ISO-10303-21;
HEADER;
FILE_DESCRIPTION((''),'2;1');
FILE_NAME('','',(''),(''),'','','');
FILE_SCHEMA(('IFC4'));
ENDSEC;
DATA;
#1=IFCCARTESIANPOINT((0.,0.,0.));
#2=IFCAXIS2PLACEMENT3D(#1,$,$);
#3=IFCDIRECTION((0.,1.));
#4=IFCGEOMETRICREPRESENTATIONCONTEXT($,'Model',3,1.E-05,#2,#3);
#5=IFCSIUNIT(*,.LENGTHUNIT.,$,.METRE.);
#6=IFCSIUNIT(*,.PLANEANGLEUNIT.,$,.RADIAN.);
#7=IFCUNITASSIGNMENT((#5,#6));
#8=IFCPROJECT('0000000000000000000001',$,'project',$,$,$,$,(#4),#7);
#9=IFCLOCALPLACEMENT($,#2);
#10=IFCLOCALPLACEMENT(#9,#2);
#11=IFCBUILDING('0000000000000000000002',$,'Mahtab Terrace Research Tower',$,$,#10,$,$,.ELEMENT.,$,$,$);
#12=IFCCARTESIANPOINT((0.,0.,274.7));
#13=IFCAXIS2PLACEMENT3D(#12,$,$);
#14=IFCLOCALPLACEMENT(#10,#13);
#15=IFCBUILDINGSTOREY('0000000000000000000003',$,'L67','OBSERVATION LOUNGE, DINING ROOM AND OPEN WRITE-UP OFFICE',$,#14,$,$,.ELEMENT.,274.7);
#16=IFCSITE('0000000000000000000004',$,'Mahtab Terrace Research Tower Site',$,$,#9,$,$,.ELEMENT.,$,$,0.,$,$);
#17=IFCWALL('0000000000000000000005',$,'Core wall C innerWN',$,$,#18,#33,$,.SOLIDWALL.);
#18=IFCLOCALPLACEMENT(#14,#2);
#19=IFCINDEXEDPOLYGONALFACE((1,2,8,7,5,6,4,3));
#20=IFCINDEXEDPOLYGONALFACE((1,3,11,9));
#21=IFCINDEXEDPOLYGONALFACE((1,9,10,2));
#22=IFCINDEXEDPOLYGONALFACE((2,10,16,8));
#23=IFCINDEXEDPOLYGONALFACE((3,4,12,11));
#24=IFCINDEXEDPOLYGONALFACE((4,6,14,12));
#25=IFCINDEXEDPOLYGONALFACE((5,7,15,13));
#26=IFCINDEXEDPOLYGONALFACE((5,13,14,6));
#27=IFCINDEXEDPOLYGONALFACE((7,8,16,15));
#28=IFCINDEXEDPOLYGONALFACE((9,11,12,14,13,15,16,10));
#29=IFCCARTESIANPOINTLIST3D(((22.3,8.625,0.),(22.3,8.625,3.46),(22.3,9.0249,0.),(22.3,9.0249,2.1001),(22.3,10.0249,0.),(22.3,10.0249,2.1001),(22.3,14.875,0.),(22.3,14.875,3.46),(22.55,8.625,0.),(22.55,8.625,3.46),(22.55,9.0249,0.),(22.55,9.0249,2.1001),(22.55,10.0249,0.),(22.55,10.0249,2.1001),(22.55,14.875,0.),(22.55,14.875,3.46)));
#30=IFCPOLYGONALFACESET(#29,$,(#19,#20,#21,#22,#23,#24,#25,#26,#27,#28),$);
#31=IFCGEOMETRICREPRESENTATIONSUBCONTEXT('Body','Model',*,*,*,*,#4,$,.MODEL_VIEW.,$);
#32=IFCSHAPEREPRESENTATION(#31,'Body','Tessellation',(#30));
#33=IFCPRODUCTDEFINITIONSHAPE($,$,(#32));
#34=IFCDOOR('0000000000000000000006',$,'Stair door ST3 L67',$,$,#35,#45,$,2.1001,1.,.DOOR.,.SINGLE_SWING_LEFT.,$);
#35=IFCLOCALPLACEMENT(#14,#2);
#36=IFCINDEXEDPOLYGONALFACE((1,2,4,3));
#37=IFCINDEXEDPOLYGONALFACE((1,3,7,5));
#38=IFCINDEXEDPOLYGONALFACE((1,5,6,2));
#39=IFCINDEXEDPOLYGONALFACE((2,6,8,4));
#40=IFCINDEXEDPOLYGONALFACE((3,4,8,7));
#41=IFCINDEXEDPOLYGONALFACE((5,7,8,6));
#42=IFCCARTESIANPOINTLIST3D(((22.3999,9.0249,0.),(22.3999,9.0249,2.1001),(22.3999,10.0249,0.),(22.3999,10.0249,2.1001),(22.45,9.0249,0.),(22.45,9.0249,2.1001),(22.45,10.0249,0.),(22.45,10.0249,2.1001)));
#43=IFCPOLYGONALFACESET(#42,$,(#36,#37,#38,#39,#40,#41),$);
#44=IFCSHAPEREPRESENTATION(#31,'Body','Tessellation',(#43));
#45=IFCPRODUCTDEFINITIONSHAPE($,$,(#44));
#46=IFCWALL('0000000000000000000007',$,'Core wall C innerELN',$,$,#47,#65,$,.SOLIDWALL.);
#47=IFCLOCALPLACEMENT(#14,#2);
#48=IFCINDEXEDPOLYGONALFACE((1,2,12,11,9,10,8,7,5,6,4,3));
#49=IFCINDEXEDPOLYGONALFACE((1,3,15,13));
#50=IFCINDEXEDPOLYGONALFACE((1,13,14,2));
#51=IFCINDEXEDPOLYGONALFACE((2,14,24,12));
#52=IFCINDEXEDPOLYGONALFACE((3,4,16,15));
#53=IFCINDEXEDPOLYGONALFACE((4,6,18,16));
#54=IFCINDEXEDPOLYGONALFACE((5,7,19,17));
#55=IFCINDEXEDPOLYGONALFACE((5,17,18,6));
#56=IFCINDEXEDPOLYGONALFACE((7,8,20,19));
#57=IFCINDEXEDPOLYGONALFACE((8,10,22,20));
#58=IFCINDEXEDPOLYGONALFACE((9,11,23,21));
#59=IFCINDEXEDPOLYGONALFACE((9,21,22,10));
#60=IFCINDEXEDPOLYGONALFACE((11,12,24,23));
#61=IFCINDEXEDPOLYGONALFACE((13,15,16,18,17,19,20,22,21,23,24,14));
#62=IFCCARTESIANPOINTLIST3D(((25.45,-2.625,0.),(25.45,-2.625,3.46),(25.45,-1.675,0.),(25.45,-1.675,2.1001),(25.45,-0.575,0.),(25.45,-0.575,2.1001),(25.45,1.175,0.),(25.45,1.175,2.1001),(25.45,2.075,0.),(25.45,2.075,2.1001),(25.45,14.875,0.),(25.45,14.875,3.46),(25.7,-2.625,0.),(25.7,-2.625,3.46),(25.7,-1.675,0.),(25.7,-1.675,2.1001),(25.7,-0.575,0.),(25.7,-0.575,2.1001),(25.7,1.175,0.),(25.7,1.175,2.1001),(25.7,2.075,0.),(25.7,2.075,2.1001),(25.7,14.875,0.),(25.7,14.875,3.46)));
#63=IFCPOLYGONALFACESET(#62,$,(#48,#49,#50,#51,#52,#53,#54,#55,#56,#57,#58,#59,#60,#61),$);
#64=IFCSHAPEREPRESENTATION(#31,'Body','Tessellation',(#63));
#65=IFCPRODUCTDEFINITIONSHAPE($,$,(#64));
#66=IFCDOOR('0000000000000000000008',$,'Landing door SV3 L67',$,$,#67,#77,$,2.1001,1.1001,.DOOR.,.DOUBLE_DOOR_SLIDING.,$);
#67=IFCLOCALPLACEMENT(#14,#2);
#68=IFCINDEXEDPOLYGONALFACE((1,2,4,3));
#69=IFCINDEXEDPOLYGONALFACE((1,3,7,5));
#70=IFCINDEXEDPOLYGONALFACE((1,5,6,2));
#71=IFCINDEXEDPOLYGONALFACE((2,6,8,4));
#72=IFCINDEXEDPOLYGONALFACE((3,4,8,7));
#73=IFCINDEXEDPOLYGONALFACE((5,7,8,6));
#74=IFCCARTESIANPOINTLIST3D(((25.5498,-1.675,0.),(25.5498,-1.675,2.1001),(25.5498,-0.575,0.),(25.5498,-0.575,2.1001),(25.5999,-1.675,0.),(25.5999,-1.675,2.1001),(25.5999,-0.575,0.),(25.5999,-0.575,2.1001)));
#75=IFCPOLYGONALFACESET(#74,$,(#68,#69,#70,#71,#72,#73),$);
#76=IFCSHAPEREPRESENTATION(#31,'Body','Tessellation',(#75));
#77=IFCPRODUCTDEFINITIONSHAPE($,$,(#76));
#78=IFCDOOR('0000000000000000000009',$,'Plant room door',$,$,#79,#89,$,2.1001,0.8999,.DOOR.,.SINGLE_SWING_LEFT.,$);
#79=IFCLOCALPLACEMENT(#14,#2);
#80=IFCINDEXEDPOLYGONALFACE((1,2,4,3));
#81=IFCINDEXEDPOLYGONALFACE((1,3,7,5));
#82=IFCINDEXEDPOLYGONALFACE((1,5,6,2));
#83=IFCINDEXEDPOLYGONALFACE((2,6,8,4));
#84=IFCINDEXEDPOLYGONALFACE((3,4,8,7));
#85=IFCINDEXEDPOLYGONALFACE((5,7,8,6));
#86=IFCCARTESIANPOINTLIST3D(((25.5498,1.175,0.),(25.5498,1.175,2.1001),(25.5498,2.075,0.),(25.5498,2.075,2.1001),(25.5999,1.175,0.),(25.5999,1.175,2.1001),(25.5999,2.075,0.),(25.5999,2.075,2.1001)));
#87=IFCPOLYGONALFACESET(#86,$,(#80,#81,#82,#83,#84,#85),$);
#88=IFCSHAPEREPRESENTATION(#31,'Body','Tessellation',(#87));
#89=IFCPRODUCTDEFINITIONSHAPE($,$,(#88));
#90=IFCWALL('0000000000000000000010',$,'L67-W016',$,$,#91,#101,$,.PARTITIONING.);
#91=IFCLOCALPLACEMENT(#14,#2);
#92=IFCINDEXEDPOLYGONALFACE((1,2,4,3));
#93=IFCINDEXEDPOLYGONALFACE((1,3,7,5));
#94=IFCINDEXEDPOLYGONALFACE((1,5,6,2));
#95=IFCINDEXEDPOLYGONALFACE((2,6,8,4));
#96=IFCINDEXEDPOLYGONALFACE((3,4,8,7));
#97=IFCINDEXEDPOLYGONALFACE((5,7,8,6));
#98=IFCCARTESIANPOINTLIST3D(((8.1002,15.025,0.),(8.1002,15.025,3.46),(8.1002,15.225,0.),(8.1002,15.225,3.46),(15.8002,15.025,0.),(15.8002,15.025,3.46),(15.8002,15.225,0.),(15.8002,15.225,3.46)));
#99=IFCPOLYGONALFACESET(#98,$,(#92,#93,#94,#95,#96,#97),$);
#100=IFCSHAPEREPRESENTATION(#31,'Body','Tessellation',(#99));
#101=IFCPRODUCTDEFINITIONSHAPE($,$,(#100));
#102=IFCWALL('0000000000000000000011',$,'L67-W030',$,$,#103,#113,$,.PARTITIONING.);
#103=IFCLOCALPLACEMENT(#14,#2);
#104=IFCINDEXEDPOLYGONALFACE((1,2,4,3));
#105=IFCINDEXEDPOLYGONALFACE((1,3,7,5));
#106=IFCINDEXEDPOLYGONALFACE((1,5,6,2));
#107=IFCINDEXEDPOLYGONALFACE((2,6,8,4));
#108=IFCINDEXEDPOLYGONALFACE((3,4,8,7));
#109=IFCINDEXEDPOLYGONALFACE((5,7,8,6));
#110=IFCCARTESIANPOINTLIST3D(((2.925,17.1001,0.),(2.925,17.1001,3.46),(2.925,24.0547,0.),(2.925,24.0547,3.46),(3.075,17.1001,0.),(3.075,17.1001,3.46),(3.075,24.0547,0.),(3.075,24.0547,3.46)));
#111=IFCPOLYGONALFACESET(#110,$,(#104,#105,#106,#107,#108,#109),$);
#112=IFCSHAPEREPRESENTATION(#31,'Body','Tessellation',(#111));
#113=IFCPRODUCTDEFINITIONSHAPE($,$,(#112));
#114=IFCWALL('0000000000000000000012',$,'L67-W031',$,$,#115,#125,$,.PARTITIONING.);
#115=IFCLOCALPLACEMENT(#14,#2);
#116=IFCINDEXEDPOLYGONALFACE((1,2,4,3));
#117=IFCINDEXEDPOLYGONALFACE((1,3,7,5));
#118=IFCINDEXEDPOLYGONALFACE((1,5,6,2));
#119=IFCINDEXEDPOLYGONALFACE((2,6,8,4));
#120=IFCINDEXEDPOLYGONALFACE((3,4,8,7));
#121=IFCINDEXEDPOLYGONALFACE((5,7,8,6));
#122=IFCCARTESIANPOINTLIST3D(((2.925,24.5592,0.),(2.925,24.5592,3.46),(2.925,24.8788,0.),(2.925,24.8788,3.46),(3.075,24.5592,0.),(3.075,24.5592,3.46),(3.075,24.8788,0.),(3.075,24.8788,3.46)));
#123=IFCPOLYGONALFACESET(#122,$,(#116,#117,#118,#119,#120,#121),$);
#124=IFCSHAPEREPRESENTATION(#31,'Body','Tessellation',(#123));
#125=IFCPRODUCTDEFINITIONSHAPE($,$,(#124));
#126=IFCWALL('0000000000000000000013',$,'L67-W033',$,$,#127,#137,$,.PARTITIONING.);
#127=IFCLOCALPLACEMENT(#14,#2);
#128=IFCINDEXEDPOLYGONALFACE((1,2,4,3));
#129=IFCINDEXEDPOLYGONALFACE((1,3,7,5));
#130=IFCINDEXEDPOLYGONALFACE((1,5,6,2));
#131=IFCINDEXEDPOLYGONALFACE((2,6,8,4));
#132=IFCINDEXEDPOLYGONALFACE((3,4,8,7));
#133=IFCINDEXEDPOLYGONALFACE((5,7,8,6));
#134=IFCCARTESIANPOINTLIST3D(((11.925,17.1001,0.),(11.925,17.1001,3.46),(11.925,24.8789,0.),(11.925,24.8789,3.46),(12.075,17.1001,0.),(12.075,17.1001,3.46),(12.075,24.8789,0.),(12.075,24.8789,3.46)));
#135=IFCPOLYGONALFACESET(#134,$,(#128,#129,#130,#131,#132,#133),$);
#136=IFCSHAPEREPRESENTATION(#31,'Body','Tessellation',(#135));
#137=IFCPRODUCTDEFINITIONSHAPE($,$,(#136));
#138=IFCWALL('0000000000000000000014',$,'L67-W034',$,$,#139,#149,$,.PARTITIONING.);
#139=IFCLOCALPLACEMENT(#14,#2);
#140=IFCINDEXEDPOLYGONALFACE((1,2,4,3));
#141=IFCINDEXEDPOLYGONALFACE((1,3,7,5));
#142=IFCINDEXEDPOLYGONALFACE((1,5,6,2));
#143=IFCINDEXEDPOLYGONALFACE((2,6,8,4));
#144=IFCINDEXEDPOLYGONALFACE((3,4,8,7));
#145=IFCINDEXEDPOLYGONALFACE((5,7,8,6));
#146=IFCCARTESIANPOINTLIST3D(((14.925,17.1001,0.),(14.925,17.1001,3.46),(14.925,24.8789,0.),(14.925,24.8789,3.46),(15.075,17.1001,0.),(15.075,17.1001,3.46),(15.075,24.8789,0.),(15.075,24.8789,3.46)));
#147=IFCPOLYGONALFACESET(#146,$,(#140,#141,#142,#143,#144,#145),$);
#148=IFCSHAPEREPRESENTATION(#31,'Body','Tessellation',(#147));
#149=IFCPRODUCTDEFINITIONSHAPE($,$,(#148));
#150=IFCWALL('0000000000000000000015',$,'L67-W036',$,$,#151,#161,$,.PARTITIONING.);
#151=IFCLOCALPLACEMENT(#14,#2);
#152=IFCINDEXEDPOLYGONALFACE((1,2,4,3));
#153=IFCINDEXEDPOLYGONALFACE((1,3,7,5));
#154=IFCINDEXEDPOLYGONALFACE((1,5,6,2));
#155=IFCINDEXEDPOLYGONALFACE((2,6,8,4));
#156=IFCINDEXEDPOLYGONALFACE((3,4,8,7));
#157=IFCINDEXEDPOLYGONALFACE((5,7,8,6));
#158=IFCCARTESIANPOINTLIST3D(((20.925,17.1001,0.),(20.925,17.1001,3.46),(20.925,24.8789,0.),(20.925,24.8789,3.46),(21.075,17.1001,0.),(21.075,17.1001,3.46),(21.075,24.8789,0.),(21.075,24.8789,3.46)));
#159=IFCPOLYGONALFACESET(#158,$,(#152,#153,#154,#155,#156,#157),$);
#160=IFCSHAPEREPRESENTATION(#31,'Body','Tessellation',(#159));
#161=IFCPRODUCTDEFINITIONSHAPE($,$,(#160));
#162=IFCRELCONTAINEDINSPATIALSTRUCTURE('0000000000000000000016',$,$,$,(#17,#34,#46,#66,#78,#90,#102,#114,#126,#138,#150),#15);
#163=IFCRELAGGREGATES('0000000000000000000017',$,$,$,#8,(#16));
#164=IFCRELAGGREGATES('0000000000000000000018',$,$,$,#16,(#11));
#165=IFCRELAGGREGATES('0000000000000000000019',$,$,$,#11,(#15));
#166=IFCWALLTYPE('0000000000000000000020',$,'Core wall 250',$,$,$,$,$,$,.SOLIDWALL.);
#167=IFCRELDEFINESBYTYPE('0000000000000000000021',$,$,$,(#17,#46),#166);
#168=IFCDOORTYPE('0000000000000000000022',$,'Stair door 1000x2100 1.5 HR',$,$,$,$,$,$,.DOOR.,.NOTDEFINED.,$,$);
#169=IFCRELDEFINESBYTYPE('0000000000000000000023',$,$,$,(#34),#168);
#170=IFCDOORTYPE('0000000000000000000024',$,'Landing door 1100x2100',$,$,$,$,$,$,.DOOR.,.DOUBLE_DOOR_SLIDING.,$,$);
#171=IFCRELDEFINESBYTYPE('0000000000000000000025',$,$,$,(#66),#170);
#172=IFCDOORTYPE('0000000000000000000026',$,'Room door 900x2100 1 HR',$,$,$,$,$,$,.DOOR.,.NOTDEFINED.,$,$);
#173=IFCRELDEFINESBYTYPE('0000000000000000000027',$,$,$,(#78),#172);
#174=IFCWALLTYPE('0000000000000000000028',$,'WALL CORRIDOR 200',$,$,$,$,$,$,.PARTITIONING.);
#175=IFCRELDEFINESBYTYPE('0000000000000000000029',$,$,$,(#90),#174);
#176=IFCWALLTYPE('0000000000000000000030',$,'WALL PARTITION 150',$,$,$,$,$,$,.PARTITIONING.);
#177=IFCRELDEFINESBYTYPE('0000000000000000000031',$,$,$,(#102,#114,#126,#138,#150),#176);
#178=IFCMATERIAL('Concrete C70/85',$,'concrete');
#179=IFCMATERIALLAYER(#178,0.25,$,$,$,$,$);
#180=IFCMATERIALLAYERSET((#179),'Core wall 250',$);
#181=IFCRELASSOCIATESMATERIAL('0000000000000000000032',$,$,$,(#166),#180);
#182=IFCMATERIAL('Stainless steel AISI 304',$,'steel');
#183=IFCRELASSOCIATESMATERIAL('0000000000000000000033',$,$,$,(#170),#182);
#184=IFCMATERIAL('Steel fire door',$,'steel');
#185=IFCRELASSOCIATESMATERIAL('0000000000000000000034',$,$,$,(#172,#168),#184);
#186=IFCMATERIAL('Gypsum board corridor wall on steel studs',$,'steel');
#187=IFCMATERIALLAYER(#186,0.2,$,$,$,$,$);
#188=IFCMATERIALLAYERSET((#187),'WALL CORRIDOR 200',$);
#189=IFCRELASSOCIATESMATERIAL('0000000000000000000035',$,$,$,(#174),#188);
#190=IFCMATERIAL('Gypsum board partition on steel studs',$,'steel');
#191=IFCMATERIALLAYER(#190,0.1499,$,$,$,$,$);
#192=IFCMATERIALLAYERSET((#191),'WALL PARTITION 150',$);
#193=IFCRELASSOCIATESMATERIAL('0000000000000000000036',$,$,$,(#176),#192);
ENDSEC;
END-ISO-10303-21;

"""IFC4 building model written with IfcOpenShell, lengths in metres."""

from ifc_helpers import new_model, si_unit, direction, frame, frame_2d, origin, place, context, subcontext, project, spatial, rectangle, extrude, material, layer, layer_set, type_object, element, fill, save


model = new_model("IFC4")

# Units and contexts
model_context = context("Model", 3, precision=1e-05, world=origin(), true_north=direction((0.0, 1.0)))
body_context = subcontext(model_context, "Body", "Model", "MODEL_VIEW")
ifc_project = project(units=[si_unit("LENGTHUNIT", "METRE"), si_unit("PLANEANGLEUNIT", "RADIAN")], contexts=[model_context])

# Site, building, storey
site_placement = place(None, origin())
site = spatial("IfcSite", under=ifc_project, at=site_placement, Name="Mahtab Terrace Research Tower Site", CompositionType="ELEMENT", RefElevation=0.0)
building_placement = place(site_placement, origin())
building = spatial("IfcBuilding", under=site, at=building_placement, Name="Mahtab Terrace Research Tower", CompositionType="ELEMENT")
storey_placement = place(building_placement, frame((0.0, 0.0, 274.7)))
storey = spatial("IfcBuildingStorey", under=building, at=storey_placement, Name="L67", Description="OBSERVATION LOUNGE, DINING ROOM AND OPEN WRITE-UP OFFICE", CompositionType="ELEMENT", Elevation=274.7)

# Shared definitions
ifc_material_1 = material(Name="Concrete C70/85", Category="concrete")
ifc_layer_1 = layer(ifc_material_1, 0.25)
ifc_layer_set_1 = layer_set([ifc_layer_1], Name="Core wall 250")
wall_type_1 = type_object("IfcWallType", Name="Core wall 250", PredefinedType="SOLIDWALL", material=ifc_layer_set_1)
ifc_material_2 = material(Name="Stainless steel AISI 304", Category="steel")
door_type_1 = type_object("IfcDoorType", Name="Landing door 1100x2100", OperationType="DOUBLE_DOOR_SLIDING", PredefinedType="DOOR", material=ifc_material_2)
ifc_material_3 = material(Name="Steel fire door", Category="steel")
door_type_2 = type_object("IfcDoorType", Name="Room door 900x2100 1 HR", OperationType="NOTDEFINED", PredefinedType="DOOR", material=ifc_material_3)

# Wall, opening, door
wall_1_placement = place(storey_placement, frame((22.425, 14.875, 0.0), z_axis=(0.0, 0.0, 1.0), x_axis=(0.0, -1.0, 0.0)))
wall_1 = element("IfcWall", 1, at=wall_1_placement, inside=storey, type_object=wall_type_1, Name="Core wall C innerWN", PredefinedType="SOLIDWALL", context=body_context, shape_type="SweptSolid", body=[
    extrude(rectangle(XDim=6.25, YDim=0.25, at=frame_2d((3.125, 0.0))), origin(), (0.0, 0.0, 1.0), 3.46),
])
opening_1_placement = place(wall_1_placement, frame((4.8501, 0.0, 0.0)))
opening_1 = element("IfcOpeningElement", 2, at=opening_1_placement, cuts=wall_1, PredefinedType="OPENING", context=body_context, shape_type="SweptSolid", body=[
    extrude(rectangle(XDim=1.0, YDim=2.1001, at=frame_2d((0.5, 1.05))), frame((0.0, 0.135, 0.0), z_axis=(0.0, -1.0, 0.0), x_axis=(1.0, 0.0, 0.0)), (0.0, 0.0, 1.0), 0.27),
])
door_type_3 = type_object("IfcDoorType", Name="Stair door 1000x2100 1.5 HR", OperationType="NOTDEFINED", PredefinedType="DOOR", material=ifc_material_3)
door_1_placement = place(opening_1_placement, origin())
door_1 = element("IfcDoor", 3, at=door_1_placement, inside=storey, type_object=door_type_3, Name="Stair door ST3 L67", OperationType="SINGLE_SWING_LEFT", OverallHeight=2.1001, OverallWidth=1.0, PredefinedType="DOOR", context=body_context, shape_type="SweptSolid", body=[
    extrude(rectangle(XDim=1.0, YDim=2.1001, at=frame_2d((0.5, 1.05))), frame((0.0, 0.0249, 0.0), z_axis=(0.0, -1.0, 0.0), x_axis=(1.0, 0.0, 0.0)), (0.0, 0.0, 1.0), 0.05),
])
fill(opening_1, door_1)

# Wall, openings, doors
wall_2_placement = place(storey_placement, frame((25.575, 14.875, 0.0), z_axis=(0.0, 0.0, 1.0), x_axis=(0.0, -1.0, 0.0)))
wall_2 = element("IfcWall", 4, at=wall_2_placement, inside=storey, type_object=wall_type_1, Name="Core wall C innerELN", PredefinedType="SOLIDWALL", context=body_context, shape_type="SweptSolid", body=[
    extrude(rectangle(XDim=17.5, YDim=0.25, at=frame_2d((8.75, 0.0))), origin(), (0.0, 0.0, 1.0), 3.46),
])
opening_2_placement = place(wall_2_placement, frame((15.45, 0.0, 0.0)))
opening_2 = element("IfcOpeningElement", 5, at=opening_2_placement, cuts=wall_2, PredefinedType="OPENING", context=body_context, shape_type="SweptSolid", body=[
    extrude(rectangle(XDim=1.1001, YDim=2.1001, at=frame_2d((0.55, 1.05))), frame((0.0, 0.135, 0.0), z_axis=(0.0, -1.0, 0.0), x_axis=(1.0, 0.0, 0.0)), (0.0, 0.0, 1.0), 0.27),
])
opening_3_placement = place(wall_2_placement, frame((12.8, 0.0, 0.0)))
opening_3 = element("IfcOpeningElement", 6, at=opening_3_placement, cuts=wall_2, PredefinedType="OPENING", context=body_context, shape_type="SweptSolid", body=[
    extrude(rectangle(XDim=0.8999, YDim=2.1001, at=frame_2d((0.45, 1.05))), frame((0.0, 0.135, 0.0), z_axis=(0.0, -1.0, 0.0), x_axis=(1.0, 0.0, 0.0)), (0.0, 0.0, 1.0), 0.27),
])
door_2_placement = place(opening_2_placement, origin())
door_2 = element("IfcDoor", 7, at=door_2_placement, inside=storey, type_object=door_type_1, Name="Landing door SV3 L67", OperationType="DOUBLE_DOOR_SLIDING", OverallHeight=2.1001, OverallWidth=1.1001, PredefinedType="DOOR", context=body_context, shape_type="SweptSolid", body=[
    extrude(rectangle(XDim=1.1001, YDim=2.1001, at=frame_2d((0.55, 1.05))), frame((0.0, 0.0249, 0.0), z_axis=(0.0, -1.0, 0.0), x_axis=(1.0, 0.0, 0.0)), (0.0, 0.0, 1.0), 0.05),
])
fill(opening_2, door_2)
door_3_placement = place(opening_3_placement, origin())
door_3 = element("IfcDoor", 8, at=door_3_placement, inside=storey, type_object=door_type_2, Name="Plant room door", OperationType="SINGLE_SWING_LEFT", OverallHeight=2.1001, OverallWidth=0.8999, PredefinedType="DOOR", context=body_context, shape_type="SweptSolid", body=[
    extrude(rectangle(XDim=0.8999, YDim=2.1001, at=frame_2d((0.45, 1.05))), frame((0.0, 0.0249, 0.0), z_axis=(0.0, -1.0, 0.0), x_axis=(1.0, 0.0, 0.0)), (0.0, 0.0, 1.0), 0.05),
])
fill(opening_3, door_3)

# Walls
ifc_material_4 = material(Name="Gypsum board corridor wall on steel studs", Category="steel")
ifc_layer_2 = layer(ifc_material_4, 0.2)
ifc_layer_set_2 = layer_set([ifc_layer_2], Name="WALL CORRIDOR 200")
wall_type_2 = type_object("IfcWallType", Name="WALL CORRIDOR 200", PredefinedType="PARTITIONING", material=ifc_layer_set_2)
wall_3_placement = place(storey_placement, frame((8.1001, 15.125, 0.0), z_axis=(0.0, 0.0, 1.0), x_axis=(1.0, 0.0, 0.0)))
element("IfcWall", 9, at=wall_3_placement, inside=storey, type_object=wall_type_2, Name="L67-W016", PredefinedType="PARTITIONING", context=body_context, shape_type="SweptSolid", body=[
    extrude(rectangle(XDim=7.7, YDim=0.2, at=frame_2d((3.8501, 0.0))), origin(), (0.0, 0.0, 1.0), 3.46),
])
ifc_material_5 = material(Name="Gypsum board partition on steel studs", Category="steel")
ifc_layer_3 = layer(ifc_material_5, 0.1499)
ifc_layer_set_3 = layer_set([ifc_layer_3], Name="WALL PARTITION 150")
wall_type_3 = type_object("IfcWallType", Name="WALL PARTITION 150", PredefinedType="PARTITIONING", material=ifc_layer_set_3)
wall_4_placement = place(storey_placement, frame((3.0, 17.1001, 0.0), z_axis=(0.0, 0.0, 1.0), x_axis=(0.0, 1.0, 0.0)))
element("IfcWall", 10, at=wall_4_placement, inside=storey, type_object=wall_type_3, Name="L67-W030", PredefinedType="PARTITIONING", context=body_context, shape_type="SweptSolid", body=[
    extrude(rectangle(XDim=6.9546, YDim=0.1499, at=frame_2d((3.4773, 0.0))), origin(), (0.0, 0.0, 1.0), 3.46),
])
wall_5_placement = place(storey_placement, frame((3.0, 24.5593, 0.0), z_axis=(0.0, 0.0, 1.0), x_axis=(0.0, 1.0, 0.0)))
element("IfcWall", 11, at=wall_5_placement, inside=storey, type_object=wall_type_3, Name="L67-W031", PredefinedType="PARTITIONING", context=body_context, shape_type="SweptSolid", body=[
    extrude(rectangle(XDim=0.3196, YDim=0.1499, at=frame_2d((0.1597, 0.0))), origin(), (0.0, 0.0, 1.0), 3.46),
])
for number, where, z_axis, x_axis, name in (
    (12, (12.0, 17.1001, 0.0), (0.0, 0.0, 1.0), (0.0, 1.0, 0.0), "L67-W033"),
    (13, (15.0, 17.1001, 0.0), (0.0, 0.0, 1.0), (0.0, 1.0, 0.0), "L67-W034"),
    (14, (21.0, 17.1001, 0.0), (0.0, 0.0, 1.0), (0.0, 1.0, 0.0), "L67-W036"),
):
    element("IfcWall", number, at=place(storey_placement, frame(where, z_axis=z_axis, x_axis=x_axis)), inside=storey, type_object=wall_type_3, Name=name, PredefinedType="PARTITIONING", context=body_context, shape_type="SweptSolid", body=[
        extrude(rectangle(XDim=7.7788, YDim=0.1499, at=frame_2d((3.8894, 0.0))), origin(), (0.0, 0.0, 1.0), 3.46),
    ])

save(model, "model.ifc")
